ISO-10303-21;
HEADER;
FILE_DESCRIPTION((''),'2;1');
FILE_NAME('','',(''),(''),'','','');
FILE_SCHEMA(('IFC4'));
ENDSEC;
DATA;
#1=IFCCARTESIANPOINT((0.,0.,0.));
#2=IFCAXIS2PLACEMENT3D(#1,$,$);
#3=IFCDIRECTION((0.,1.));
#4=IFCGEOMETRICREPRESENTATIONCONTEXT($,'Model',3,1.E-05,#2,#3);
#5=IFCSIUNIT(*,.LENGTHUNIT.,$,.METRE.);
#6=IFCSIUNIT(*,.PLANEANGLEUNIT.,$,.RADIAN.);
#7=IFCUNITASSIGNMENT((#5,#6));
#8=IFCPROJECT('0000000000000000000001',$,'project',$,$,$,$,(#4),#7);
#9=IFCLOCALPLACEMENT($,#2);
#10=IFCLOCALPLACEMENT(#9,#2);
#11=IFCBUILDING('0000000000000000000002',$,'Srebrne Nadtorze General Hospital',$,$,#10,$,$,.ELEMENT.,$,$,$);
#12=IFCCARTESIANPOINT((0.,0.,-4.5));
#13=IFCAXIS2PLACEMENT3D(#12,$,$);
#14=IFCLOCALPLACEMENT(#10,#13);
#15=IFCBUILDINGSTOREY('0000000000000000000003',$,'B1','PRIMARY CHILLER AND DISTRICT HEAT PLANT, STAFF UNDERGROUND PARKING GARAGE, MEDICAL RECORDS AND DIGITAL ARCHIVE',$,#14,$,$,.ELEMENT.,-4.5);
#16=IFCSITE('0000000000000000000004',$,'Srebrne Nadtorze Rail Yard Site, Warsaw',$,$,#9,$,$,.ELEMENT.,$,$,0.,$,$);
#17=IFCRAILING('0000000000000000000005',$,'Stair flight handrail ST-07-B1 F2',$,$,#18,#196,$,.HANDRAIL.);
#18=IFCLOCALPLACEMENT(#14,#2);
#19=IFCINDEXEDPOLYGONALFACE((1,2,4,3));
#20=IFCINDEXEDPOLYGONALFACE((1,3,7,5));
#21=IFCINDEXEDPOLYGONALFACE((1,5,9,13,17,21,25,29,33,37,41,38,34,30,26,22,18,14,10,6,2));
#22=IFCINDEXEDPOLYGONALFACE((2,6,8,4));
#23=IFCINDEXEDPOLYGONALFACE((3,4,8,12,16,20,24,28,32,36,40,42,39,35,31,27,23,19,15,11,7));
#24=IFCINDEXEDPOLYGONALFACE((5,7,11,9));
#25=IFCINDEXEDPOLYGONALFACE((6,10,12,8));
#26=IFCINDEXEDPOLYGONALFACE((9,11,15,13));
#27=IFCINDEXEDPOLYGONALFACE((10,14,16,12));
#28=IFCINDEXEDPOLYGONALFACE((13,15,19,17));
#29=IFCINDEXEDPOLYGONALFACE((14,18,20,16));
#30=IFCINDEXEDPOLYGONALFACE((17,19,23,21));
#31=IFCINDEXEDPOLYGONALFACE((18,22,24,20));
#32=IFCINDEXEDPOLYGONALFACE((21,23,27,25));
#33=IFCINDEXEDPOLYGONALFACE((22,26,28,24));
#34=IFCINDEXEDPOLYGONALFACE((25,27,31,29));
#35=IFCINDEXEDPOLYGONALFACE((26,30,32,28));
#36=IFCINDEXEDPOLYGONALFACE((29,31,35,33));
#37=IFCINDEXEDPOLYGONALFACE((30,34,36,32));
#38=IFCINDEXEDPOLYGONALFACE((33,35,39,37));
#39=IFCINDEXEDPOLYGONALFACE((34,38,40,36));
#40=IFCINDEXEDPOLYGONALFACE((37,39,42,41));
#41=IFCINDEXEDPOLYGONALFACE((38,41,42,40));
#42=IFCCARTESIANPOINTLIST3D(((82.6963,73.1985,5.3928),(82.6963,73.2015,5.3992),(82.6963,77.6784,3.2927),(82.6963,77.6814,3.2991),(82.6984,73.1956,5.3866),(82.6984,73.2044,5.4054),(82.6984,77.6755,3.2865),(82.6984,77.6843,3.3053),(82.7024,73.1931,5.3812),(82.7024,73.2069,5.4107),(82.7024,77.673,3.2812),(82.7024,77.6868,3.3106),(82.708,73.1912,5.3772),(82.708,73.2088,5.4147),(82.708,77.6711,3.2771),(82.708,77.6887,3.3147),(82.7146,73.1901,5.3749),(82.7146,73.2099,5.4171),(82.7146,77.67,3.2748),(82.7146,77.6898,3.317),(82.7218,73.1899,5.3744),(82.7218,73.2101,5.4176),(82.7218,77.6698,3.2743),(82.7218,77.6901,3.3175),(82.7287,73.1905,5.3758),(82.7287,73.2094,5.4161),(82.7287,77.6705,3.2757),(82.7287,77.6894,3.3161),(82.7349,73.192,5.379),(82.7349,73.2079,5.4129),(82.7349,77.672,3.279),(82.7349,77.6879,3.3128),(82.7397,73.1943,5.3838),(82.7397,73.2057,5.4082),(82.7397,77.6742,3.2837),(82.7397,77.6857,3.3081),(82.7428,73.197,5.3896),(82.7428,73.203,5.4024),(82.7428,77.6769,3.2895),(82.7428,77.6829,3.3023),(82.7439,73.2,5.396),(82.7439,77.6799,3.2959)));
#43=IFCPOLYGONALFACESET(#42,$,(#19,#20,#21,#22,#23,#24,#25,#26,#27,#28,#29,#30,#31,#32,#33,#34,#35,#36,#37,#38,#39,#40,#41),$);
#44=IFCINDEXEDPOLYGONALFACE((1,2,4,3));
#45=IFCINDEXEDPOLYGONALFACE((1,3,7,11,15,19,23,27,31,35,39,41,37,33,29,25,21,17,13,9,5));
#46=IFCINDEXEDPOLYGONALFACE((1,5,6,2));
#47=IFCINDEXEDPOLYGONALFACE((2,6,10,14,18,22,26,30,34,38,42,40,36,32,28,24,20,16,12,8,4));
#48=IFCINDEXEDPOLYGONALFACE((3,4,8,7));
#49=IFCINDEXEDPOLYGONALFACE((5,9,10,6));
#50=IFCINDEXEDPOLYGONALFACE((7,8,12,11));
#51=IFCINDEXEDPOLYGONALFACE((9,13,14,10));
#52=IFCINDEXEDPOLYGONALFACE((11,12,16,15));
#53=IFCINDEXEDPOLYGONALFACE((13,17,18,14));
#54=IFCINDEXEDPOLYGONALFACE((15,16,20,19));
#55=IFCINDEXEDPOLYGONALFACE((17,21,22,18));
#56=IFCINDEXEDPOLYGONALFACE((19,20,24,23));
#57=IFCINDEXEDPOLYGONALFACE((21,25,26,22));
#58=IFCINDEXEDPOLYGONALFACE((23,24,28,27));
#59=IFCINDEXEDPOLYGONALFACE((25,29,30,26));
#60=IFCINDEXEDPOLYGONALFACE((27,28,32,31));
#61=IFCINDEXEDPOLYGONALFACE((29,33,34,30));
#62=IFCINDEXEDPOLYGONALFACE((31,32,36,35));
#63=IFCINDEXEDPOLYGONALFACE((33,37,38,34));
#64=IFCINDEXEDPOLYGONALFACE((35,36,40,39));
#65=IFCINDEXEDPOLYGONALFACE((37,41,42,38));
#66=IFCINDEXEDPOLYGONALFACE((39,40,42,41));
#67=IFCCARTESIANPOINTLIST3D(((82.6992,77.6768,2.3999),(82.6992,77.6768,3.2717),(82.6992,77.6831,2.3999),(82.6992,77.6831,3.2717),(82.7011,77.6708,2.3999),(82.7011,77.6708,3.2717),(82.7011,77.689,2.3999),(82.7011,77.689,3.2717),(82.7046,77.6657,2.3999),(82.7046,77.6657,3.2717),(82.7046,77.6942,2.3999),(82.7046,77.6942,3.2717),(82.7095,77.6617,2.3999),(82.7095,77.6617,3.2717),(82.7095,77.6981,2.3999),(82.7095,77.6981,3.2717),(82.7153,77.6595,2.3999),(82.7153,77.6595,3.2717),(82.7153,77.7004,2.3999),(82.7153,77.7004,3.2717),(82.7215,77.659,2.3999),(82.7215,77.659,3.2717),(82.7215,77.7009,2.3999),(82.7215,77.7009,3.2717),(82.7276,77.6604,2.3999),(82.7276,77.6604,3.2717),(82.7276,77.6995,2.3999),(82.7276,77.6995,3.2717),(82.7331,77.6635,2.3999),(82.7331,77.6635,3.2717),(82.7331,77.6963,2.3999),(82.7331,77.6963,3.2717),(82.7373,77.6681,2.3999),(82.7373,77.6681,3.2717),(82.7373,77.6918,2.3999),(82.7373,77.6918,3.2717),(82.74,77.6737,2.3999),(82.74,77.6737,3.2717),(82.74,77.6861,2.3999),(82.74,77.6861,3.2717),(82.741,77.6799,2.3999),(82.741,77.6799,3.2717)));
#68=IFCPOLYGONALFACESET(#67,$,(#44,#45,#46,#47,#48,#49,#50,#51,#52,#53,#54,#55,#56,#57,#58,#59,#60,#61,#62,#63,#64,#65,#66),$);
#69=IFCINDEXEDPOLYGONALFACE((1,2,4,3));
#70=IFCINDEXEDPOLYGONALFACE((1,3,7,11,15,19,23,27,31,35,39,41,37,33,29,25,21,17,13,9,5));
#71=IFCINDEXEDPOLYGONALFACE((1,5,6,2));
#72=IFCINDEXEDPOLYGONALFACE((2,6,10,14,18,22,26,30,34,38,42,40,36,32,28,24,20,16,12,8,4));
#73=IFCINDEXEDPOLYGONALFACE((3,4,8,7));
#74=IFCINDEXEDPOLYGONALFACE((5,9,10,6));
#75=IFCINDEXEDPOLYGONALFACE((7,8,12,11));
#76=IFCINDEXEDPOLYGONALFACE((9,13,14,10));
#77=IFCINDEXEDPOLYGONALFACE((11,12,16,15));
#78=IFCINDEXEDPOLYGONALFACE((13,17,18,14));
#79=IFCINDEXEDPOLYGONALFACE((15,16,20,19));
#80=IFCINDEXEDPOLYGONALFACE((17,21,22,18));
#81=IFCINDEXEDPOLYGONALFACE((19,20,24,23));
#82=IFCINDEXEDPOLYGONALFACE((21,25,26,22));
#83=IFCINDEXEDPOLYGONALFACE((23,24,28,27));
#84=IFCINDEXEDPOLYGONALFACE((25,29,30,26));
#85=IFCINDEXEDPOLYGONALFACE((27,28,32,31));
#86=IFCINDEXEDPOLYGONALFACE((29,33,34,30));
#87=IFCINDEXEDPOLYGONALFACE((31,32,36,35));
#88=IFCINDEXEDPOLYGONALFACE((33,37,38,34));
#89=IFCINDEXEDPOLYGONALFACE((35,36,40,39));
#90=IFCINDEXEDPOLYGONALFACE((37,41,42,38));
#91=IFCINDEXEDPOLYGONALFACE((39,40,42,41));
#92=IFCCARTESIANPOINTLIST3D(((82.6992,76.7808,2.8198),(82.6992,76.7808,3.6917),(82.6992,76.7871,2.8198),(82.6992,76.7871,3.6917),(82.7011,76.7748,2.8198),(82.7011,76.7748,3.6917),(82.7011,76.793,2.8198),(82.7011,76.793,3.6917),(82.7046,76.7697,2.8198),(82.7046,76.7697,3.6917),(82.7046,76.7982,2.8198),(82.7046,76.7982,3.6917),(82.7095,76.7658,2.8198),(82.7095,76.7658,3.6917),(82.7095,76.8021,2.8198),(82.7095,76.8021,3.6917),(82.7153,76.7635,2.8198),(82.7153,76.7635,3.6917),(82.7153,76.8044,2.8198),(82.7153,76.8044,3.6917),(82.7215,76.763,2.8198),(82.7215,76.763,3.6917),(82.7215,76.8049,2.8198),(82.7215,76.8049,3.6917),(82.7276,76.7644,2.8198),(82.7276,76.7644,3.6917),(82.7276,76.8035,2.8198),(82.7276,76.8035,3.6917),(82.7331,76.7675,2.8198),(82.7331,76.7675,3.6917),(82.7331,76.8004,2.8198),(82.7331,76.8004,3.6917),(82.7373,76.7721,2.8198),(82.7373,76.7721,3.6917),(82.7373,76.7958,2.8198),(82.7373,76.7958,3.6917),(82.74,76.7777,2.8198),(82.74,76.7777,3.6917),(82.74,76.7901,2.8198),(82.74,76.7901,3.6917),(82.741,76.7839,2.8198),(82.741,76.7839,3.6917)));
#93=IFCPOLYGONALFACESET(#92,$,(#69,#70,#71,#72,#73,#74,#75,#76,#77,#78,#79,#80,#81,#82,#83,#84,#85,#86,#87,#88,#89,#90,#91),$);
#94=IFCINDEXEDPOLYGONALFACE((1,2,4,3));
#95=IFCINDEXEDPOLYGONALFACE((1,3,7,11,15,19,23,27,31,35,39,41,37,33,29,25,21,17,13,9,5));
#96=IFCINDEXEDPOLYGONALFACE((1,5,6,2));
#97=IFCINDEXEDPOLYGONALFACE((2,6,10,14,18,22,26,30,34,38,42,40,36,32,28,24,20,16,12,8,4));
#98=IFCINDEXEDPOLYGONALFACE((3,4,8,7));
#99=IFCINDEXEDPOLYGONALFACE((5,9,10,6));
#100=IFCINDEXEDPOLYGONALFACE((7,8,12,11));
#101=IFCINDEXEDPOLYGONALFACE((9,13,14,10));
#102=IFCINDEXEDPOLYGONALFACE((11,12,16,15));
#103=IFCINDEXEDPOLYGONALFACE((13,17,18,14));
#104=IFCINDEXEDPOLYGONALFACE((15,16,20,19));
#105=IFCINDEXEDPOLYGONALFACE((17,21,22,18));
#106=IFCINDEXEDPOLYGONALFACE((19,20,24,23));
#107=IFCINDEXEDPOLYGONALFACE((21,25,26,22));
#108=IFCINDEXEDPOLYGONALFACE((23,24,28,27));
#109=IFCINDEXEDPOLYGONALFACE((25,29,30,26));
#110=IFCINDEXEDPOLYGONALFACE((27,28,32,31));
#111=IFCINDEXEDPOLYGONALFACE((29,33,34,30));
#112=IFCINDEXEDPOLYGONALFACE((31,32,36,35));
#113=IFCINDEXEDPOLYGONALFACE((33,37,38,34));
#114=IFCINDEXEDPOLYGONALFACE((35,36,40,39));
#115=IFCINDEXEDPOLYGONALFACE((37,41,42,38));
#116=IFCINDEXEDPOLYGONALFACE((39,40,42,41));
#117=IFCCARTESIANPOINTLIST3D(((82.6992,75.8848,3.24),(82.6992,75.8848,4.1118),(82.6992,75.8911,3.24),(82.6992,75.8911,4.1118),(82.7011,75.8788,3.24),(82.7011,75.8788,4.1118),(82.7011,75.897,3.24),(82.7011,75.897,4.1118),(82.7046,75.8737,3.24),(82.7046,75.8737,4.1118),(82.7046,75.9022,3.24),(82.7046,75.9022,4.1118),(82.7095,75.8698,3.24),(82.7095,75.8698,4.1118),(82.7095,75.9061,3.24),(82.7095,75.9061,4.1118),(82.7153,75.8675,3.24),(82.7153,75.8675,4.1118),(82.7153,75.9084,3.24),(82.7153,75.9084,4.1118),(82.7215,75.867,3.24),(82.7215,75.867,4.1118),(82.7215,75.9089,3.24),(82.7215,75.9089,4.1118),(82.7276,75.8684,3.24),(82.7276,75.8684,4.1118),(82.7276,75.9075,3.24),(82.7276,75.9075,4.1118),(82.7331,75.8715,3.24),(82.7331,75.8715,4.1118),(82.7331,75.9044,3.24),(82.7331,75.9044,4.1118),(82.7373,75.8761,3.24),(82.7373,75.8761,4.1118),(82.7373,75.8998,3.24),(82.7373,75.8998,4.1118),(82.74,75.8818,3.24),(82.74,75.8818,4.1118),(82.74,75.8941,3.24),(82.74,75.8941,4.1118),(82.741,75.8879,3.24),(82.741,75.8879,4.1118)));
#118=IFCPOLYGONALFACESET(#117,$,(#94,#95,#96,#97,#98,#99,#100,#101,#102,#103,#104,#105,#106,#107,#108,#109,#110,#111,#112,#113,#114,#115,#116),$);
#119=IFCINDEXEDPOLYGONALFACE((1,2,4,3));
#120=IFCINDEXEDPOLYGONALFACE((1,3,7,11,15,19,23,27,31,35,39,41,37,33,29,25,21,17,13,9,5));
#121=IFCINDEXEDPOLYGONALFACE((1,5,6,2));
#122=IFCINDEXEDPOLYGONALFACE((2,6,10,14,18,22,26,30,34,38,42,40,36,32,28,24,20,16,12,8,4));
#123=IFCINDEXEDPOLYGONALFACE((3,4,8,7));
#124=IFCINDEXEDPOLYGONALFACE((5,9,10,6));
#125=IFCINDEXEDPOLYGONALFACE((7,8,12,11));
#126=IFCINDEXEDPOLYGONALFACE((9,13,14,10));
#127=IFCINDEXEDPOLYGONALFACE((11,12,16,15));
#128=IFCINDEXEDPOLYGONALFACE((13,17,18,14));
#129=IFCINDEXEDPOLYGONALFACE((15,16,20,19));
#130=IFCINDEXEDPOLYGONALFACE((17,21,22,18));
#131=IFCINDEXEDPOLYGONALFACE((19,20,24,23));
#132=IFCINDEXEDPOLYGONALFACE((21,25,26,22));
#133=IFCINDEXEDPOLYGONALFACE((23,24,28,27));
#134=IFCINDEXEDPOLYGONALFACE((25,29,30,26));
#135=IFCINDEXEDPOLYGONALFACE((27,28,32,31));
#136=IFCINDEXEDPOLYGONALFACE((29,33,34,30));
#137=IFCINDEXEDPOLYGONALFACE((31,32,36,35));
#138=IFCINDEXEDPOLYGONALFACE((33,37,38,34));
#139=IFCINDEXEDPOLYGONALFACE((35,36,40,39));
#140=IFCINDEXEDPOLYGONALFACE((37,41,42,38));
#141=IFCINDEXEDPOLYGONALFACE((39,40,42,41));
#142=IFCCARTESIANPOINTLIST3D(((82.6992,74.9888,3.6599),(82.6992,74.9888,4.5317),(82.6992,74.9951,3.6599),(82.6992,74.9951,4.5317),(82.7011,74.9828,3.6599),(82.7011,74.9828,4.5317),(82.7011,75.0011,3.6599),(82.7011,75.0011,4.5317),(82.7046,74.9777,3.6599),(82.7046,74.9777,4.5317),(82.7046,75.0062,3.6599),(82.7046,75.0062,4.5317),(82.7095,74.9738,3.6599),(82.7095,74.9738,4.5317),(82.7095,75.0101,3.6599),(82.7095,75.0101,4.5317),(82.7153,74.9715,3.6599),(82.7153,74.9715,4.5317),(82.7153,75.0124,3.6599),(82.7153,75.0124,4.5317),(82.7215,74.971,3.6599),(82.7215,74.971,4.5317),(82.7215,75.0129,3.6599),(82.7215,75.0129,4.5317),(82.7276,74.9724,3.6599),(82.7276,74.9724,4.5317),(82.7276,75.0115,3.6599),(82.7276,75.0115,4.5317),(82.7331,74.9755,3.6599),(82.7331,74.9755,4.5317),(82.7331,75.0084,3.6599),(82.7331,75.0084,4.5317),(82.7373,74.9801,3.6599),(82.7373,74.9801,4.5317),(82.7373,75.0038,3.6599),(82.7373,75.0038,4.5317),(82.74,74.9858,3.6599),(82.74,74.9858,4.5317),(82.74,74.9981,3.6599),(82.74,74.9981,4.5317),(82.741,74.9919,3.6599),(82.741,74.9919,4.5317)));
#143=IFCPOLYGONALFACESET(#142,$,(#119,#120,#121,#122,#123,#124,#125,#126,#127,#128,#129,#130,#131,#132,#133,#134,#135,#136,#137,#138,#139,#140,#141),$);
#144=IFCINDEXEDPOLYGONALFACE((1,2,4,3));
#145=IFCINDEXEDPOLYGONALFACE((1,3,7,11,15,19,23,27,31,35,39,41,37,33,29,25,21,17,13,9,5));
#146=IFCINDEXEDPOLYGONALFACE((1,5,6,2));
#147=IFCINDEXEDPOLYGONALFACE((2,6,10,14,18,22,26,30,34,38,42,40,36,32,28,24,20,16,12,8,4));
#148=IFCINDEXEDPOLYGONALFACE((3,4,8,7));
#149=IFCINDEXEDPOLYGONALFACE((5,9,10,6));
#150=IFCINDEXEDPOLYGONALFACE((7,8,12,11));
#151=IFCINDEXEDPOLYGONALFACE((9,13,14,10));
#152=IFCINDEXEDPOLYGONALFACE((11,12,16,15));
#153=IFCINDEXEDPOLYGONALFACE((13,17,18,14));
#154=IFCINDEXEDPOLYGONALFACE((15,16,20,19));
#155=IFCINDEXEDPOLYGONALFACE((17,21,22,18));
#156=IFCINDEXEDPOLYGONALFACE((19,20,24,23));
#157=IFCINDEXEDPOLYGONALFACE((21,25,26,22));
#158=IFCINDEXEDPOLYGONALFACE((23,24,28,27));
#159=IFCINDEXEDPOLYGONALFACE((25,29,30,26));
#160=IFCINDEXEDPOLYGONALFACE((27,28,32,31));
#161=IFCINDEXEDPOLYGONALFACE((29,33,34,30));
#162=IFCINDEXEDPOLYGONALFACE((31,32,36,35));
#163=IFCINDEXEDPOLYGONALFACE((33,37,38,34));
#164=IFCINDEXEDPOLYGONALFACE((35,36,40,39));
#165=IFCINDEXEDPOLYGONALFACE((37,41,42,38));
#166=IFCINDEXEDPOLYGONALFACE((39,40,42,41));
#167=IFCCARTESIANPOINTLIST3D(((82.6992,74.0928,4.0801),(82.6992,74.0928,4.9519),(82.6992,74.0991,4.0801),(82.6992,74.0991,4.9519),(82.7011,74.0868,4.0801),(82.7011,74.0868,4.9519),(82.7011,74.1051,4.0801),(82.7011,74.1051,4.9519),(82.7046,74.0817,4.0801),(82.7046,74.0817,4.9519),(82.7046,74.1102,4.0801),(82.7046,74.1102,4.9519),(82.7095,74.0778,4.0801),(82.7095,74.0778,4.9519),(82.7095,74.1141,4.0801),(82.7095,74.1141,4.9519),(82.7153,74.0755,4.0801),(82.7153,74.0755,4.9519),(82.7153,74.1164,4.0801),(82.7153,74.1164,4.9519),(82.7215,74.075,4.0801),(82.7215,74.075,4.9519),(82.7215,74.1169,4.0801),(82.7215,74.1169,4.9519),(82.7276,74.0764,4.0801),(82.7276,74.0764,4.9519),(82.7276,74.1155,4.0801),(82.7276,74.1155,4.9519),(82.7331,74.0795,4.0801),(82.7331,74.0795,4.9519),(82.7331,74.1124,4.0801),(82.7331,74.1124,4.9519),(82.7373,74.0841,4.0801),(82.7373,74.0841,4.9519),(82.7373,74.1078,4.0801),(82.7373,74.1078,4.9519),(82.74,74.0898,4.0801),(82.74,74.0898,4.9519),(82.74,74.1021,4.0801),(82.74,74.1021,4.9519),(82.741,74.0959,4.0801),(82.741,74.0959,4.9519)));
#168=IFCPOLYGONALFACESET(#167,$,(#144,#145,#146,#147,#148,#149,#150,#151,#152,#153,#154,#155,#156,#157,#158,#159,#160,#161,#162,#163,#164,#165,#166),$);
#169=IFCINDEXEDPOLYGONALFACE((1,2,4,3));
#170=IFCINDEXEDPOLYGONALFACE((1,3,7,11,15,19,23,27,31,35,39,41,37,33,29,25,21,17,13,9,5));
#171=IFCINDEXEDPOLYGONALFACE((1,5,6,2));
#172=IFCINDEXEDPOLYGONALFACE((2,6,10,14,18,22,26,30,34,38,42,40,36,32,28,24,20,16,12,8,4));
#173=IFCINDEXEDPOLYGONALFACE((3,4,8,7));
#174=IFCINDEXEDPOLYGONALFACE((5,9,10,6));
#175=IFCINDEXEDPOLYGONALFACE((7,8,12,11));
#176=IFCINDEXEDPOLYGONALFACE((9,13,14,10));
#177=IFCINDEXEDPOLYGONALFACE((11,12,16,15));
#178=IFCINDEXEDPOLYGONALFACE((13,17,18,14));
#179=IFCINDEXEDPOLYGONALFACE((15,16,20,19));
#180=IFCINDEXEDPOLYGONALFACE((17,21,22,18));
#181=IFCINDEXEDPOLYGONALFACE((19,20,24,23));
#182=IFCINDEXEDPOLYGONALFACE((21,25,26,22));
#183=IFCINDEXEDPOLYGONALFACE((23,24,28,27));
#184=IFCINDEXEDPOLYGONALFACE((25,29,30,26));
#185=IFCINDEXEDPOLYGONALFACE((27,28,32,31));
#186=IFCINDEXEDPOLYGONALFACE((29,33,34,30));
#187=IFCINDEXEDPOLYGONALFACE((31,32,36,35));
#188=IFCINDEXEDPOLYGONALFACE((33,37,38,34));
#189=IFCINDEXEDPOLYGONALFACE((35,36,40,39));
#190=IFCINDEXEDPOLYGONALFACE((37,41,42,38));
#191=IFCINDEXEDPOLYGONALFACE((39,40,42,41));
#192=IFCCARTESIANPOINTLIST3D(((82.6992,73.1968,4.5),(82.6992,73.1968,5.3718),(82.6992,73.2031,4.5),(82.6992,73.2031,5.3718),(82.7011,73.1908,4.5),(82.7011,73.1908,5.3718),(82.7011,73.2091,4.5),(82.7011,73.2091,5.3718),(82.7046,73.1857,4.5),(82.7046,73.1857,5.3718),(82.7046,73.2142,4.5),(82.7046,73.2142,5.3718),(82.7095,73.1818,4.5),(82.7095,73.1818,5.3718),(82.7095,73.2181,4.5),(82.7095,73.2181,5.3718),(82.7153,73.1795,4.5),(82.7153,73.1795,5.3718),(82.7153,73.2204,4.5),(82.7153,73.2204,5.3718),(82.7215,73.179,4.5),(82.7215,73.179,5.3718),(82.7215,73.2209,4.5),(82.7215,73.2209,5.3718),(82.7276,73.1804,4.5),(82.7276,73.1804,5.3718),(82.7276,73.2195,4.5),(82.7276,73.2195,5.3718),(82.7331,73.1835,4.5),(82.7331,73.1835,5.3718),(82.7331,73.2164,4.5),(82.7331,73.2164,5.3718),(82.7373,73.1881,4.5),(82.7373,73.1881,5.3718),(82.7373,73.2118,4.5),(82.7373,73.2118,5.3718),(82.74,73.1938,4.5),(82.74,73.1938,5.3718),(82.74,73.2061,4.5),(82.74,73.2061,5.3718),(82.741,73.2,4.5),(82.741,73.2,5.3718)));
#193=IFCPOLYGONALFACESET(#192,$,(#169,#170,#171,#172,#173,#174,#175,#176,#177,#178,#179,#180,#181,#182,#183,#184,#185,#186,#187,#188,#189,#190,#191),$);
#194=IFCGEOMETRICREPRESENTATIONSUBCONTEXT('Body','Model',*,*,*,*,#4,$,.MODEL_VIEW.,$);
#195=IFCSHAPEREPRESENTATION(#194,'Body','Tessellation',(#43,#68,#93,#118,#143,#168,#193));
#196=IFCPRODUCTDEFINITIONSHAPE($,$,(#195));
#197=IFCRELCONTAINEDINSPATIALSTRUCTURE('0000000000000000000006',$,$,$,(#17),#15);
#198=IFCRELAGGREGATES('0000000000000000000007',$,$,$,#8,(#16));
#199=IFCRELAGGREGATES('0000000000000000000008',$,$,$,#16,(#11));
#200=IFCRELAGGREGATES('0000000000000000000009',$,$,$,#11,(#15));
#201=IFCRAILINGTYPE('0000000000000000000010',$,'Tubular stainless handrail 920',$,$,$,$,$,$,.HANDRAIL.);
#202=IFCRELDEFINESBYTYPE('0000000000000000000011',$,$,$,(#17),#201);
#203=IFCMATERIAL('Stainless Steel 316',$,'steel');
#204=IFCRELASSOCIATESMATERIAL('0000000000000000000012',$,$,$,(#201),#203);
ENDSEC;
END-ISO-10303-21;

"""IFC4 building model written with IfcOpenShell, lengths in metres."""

from ifc_helpers import new_model, si_unit, direction, frame, origin, origin_2d, place, context, subcontext, project, spatial, circle, extrude, material, type_object, element, save


model = new_model("IFC4")

# Units and contexts
model_context = context("Model", 3, precision=1e-05, world=origin(), true_north=direction((0.0, 1.0)))
body_context = subcontext(model_context, "Body", "Model", "MODEL_VIEW")
ifc_project = project(units=[si_unit("LENGTHUNIT", "METRE"), si_unit("PLANEANGLEUNIT", "RADIAN")], contexts=[model_context])

# Site, building, storey
site_placement = place(None, origin())
site = spatial("IfcSite", under=ifc_project, at=site_placement, Name="Srebrne Nadtorze Rail Yard Site, Warsaw", CompositionType="ELEMENT", RefElevation=0.0)
building_placement = place(site_placement, origin())
building = spatial("IfcBuilding", under=site, at=building_placement, Name="Srebrne Nadtorze General Hospital", CompositionType="ELEMENT")
storey_placement = place(building_placement, frame((0.0, 0.0, -4.5)))
storey = spatial("IfcBuildingStorey", under=building, at=storey_placement, Name="B1", Description="PRIMARY CHILLER AND DISTRICT HEAT PLANT, STAFF UNDERGROUND PARKING GARAGE, MEDICAL RECORDS AND DIGITAL ARCHIVE", CompositionType="ELEMENT", Elevation=-4.5)

# Railing
ifc_material_1 = material(Name="Stainless Steel 316", Category="steel")
railing_type_1 = type_object("IfcRailingType", Name="Tubular stainless handrail 920", PredefinedType="HANDRAIL", material=ifc_material_1)
railing_1_placement = place(storey_placement, frame((82.72, 77.6799, 2.3999)))
element("IfcRailing", 1, at=railing_1_placement, inside=storey, type_object=railing_type_1, Name="Stair flight handrail ST-07-B1 F2", PredefinedType="HANDRAIL", context=body_context, shape_type="SweptSolid", body=[
    extrude(circle(Radius=0.0239, at=origin_2d()), frame((0.0, 0.0, 0.896), z_axis=(0.0, -0.905451, 0.424452), x_axis=(1.0, 0.0, 0.0)), (0.0, 0.0, 1.0), 4.9478),
    extrude(circle(Radius=0.021, at=origin_2d()), origin(), (0.0, 0.0, 1.0), 0.8718),
    extrude(circle(Radius=0.021, at=origin_2d()), frame((0.0, -0.896, 0.4199)), (0.0, 0.0, 1.0), 0.8718),
    extrude(circle(Radius=0.021, at=origin_2d()), frame((0.0, -1.792, 0.8401)), (0.0, 0.0, 1.0), 0.8718),
    extrude(circle(Radius=0.021, at=origin_2d()), frame((0.0, -2.688, 1.26)), (0.0, 0.0, 1.0), 0.8718),
    extrude(circle(Radius=0.021, at=origin_2d()), frame((0.0, -3.584, 1.6802)), (0.0, 0.0, 1.0), 0.8718),
    extrude(circle(Radius=0.021, at=origin_2d()), frame((0.0, -4.48, 2.1001)), (0.0, 0.0, 1.0), 0.8718),
])

save(model, "model.ifc")
